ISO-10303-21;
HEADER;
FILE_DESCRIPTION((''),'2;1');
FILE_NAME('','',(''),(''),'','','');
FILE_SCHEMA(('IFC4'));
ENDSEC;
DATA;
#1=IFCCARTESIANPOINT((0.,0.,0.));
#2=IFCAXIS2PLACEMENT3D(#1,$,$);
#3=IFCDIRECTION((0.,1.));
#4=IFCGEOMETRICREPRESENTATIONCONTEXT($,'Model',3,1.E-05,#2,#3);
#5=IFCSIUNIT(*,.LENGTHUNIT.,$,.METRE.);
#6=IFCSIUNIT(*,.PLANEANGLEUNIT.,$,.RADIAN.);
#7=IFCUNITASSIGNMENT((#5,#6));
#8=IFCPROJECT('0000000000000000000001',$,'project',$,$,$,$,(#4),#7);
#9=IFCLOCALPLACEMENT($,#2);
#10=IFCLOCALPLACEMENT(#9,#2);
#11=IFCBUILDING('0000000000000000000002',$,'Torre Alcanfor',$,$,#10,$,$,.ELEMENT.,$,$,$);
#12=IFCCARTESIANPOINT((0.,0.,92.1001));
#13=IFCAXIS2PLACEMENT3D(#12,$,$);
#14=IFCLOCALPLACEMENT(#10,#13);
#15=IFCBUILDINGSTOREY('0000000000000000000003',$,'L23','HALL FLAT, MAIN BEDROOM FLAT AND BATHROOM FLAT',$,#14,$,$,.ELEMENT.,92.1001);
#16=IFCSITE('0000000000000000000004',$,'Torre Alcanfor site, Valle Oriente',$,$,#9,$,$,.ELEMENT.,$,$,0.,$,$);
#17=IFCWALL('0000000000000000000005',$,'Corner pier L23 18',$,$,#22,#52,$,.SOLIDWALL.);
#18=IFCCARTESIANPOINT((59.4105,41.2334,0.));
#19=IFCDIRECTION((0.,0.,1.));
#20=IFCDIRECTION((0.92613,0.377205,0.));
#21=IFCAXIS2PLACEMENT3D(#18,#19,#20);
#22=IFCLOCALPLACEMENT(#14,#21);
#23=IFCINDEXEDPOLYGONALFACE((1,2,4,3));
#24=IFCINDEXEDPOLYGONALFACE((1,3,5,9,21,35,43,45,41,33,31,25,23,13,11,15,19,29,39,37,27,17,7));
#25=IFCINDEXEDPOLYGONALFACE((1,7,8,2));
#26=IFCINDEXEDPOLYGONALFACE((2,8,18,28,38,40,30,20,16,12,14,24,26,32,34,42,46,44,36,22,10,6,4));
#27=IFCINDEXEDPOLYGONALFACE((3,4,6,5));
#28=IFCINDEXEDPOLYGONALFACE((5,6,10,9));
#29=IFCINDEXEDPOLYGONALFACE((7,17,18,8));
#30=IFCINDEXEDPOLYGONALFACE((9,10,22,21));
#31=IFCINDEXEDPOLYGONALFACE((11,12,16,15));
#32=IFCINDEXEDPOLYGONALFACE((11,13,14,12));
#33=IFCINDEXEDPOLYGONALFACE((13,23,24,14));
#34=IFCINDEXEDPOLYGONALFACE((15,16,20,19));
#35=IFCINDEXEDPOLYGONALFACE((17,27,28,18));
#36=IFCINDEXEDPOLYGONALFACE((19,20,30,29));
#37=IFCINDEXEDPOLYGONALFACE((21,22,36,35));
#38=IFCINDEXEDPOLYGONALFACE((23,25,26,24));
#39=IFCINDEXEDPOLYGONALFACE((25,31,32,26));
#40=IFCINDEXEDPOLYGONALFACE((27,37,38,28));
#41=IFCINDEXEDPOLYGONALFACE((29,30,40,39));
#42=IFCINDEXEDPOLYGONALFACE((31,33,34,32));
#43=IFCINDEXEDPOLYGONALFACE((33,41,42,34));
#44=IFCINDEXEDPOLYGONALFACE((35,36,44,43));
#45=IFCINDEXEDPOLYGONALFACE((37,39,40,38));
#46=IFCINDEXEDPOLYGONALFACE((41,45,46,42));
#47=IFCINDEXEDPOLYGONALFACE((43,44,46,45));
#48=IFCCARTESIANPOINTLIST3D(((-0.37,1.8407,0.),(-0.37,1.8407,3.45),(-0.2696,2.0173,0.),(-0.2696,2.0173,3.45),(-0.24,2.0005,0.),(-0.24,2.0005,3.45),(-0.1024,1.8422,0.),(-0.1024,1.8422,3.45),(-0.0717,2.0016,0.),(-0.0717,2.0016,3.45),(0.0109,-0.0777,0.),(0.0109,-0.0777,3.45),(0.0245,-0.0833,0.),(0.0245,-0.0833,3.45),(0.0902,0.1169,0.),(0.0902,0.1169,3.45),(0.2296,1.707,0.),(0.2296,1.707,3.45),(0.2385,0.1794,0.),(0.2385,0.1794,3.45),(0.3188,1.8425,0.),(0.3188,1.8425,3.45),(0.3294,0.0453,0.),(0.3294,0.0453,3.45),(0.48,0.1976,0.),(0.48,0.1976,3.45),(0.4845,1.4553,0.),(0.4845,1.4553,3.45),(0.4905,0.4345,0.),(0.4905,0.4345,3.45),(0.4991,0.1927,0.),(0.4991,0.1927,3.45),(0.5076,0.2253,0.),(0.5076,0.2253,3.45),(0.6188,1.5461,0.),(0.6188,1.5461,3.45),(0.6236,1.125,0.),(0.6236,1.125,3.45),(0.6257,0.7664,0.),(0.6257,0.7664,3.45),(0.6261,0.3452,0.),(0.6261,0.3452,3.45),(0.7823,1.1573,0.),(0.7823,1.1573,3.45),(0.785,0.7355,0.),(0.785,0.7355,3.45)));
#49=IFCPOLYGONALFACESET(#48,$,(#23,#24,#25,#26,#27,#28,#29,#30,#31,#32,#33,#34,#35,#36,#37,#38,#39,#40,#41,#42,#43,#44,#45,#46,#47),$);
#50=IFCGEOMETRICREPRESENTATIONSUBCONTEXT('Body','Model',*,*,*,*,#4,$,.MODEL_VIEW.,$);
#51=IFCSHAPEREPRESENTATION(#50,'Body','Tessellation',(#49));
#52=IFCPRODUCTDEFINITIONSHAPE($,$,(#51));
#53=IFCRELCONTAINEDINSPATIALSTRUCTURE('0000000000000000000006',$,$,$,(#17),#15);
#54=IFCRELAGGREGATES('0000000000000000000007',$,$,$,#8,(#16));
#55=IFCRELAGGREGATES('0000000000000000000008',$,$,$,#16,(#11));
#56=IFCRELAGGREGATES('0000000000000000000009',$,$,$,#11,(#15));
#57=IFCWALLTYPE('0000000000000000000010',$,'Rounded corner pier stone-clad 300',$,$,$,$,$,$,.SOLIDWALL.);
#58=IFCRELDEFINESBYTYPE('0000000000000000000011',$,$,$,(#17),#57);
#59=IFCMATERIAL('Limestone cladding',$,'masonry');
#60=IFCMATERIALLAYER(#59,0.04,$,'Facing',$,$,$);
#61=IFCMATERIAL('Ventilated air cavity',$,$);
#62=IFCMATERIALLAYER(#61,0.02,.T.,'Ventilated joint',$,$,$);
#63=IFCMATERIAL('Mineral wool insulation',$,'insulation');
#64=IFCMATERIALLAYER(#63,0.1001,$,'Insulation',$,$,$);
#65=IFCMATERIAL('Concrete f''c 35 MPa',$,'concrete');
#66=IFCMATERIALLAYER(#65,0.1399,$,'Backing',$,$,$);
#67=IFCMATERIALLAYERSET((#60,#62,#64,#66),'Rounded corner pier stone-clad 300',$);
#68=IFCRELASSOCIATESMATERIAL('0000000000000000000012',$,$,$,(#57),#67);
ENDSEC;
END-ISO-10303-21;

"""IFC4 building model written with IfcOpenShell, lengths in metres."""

from ifc_helpers import new_model, si_unit, direction, frame, origin, place, context, subcontext, project, spatial, polyline, outline, extrude, material, layer, layer_set, type_object, element, save


model = new_model("IFC4")

# Units and contexts
model_context = context("Model", 3, precision=1e-05, world=origin(), true_north=direction((0.0, 1.0)))
body_context = subcontext(model_context, "Body", "Model", "MODEL_VIEW")
ifc_project = project(units=[si_unit("LENGTHUNIT", "METRE"), si_unit("PLANEANGLEUNIT", "RADIAN")], contexts=[model_context])

# Site, building, storey
site_placement = place(None, origin())
site = spatial("IfcSite", under=ifc_project, at=site_placement, Name="Torre Alcanfor site, Valle Oriente", CompositionType="ELEMENT", RefElevation=0.0)
building_placement = place(site_placement, origin())
building = spatial("IfcBuilding", under=site, at=building_placement, Name="Torre Alcanfor", CompositionType="ELEMENT")
storey_placement = place(building_placement, frame((0.0, 0.0, 92.1001)))
storey = spatial("IfcBuildingStorey", under=building, at=storey_placement, Name="L23", Description="HALL FLAT, MAIN BEDROOM FLAT AND BATHROOM FLAT", CompositionType="ELEMENT", Elevation=92.1001)

# Wall
ifc_material_1 = material(Name="Limestone cladding", Category="masonry")
ifc_layer_1 = layer(ifc_material_1, 0.04, Name="Facing")
ifc_material_2 = material(Name="Ventilated air cavity")
ifc_layer_2 = layer(ifc_material_2, 0.02, ventilated=True, Name="Ventilated joint")
ifc_material_3 = material(Name="Mineral wool insulation", Category="insulation")
ifc_layer_3 = layer(ifc_material_3, 0.1001, Name="Insulation")
ifc_material_4 = material(Name="Concrete f'c 35 MPa", Category="concrete")
ifc_layer_4 = layer(ifc_material_4, 0.1399, Name="Backing")
ifc_layer_set_1 = layer_set([ifc_layer_1, ifc_layer_2, ifc_layer_3, ifc_layer_4], Name="Rounded corner pier stone-clad 300")
wall_type_1 = type_object("IfcWallType", Name="Rounded corner pier stone-clad 300", PredefinedType="SOLIDWALL", material=ifc_layer_set_1)
wall_1_placement = place(storey_placement, frame((59.4105, 41.2334, 0.0), z_axis=(0.0, 0.0, 1.0), x_axis=(0.92613, 0.377205, 0.0)))
element("IfcWall", 1, at=wall_1_placement, inside=storey, type_object=wall_type_1, Name="Corner pier L23 18", PredefinedType="SOLIDWALL", context=body_context, shape_type="SweptSolid", body=[
    extrude(outline(polyline([(0.6261, 0.3452), (0.785, 0.7355), (0.7823, 1.1573), (0.6188, 1.5461), (0.3188, 1.8425), (-0.0717, 2.0016), (-0.24, 2.0005), (-0.2696, 2.0173), (-0.37, 1.8407), (-0.1024, 1.8422), (0.2296, 1.707), (0.4845, 1.4553), (0.6236, 1.125), (0.6257, 0.7664), (0.4905, 0.4345), (0.2385, 0.1794), (0.0902, 0.1169), (0.0109, -0.0777), (0.0245, -0.0833), (0.3294, 0.0453), (0.48, 0.1976), (0.4991, 0.1927), (0.5076, 0.2253), (0.6261, 0.3452)])), origin(), (0.0, 0.0, 1.0), 3.45),
])

save(model, "model.ifc")
